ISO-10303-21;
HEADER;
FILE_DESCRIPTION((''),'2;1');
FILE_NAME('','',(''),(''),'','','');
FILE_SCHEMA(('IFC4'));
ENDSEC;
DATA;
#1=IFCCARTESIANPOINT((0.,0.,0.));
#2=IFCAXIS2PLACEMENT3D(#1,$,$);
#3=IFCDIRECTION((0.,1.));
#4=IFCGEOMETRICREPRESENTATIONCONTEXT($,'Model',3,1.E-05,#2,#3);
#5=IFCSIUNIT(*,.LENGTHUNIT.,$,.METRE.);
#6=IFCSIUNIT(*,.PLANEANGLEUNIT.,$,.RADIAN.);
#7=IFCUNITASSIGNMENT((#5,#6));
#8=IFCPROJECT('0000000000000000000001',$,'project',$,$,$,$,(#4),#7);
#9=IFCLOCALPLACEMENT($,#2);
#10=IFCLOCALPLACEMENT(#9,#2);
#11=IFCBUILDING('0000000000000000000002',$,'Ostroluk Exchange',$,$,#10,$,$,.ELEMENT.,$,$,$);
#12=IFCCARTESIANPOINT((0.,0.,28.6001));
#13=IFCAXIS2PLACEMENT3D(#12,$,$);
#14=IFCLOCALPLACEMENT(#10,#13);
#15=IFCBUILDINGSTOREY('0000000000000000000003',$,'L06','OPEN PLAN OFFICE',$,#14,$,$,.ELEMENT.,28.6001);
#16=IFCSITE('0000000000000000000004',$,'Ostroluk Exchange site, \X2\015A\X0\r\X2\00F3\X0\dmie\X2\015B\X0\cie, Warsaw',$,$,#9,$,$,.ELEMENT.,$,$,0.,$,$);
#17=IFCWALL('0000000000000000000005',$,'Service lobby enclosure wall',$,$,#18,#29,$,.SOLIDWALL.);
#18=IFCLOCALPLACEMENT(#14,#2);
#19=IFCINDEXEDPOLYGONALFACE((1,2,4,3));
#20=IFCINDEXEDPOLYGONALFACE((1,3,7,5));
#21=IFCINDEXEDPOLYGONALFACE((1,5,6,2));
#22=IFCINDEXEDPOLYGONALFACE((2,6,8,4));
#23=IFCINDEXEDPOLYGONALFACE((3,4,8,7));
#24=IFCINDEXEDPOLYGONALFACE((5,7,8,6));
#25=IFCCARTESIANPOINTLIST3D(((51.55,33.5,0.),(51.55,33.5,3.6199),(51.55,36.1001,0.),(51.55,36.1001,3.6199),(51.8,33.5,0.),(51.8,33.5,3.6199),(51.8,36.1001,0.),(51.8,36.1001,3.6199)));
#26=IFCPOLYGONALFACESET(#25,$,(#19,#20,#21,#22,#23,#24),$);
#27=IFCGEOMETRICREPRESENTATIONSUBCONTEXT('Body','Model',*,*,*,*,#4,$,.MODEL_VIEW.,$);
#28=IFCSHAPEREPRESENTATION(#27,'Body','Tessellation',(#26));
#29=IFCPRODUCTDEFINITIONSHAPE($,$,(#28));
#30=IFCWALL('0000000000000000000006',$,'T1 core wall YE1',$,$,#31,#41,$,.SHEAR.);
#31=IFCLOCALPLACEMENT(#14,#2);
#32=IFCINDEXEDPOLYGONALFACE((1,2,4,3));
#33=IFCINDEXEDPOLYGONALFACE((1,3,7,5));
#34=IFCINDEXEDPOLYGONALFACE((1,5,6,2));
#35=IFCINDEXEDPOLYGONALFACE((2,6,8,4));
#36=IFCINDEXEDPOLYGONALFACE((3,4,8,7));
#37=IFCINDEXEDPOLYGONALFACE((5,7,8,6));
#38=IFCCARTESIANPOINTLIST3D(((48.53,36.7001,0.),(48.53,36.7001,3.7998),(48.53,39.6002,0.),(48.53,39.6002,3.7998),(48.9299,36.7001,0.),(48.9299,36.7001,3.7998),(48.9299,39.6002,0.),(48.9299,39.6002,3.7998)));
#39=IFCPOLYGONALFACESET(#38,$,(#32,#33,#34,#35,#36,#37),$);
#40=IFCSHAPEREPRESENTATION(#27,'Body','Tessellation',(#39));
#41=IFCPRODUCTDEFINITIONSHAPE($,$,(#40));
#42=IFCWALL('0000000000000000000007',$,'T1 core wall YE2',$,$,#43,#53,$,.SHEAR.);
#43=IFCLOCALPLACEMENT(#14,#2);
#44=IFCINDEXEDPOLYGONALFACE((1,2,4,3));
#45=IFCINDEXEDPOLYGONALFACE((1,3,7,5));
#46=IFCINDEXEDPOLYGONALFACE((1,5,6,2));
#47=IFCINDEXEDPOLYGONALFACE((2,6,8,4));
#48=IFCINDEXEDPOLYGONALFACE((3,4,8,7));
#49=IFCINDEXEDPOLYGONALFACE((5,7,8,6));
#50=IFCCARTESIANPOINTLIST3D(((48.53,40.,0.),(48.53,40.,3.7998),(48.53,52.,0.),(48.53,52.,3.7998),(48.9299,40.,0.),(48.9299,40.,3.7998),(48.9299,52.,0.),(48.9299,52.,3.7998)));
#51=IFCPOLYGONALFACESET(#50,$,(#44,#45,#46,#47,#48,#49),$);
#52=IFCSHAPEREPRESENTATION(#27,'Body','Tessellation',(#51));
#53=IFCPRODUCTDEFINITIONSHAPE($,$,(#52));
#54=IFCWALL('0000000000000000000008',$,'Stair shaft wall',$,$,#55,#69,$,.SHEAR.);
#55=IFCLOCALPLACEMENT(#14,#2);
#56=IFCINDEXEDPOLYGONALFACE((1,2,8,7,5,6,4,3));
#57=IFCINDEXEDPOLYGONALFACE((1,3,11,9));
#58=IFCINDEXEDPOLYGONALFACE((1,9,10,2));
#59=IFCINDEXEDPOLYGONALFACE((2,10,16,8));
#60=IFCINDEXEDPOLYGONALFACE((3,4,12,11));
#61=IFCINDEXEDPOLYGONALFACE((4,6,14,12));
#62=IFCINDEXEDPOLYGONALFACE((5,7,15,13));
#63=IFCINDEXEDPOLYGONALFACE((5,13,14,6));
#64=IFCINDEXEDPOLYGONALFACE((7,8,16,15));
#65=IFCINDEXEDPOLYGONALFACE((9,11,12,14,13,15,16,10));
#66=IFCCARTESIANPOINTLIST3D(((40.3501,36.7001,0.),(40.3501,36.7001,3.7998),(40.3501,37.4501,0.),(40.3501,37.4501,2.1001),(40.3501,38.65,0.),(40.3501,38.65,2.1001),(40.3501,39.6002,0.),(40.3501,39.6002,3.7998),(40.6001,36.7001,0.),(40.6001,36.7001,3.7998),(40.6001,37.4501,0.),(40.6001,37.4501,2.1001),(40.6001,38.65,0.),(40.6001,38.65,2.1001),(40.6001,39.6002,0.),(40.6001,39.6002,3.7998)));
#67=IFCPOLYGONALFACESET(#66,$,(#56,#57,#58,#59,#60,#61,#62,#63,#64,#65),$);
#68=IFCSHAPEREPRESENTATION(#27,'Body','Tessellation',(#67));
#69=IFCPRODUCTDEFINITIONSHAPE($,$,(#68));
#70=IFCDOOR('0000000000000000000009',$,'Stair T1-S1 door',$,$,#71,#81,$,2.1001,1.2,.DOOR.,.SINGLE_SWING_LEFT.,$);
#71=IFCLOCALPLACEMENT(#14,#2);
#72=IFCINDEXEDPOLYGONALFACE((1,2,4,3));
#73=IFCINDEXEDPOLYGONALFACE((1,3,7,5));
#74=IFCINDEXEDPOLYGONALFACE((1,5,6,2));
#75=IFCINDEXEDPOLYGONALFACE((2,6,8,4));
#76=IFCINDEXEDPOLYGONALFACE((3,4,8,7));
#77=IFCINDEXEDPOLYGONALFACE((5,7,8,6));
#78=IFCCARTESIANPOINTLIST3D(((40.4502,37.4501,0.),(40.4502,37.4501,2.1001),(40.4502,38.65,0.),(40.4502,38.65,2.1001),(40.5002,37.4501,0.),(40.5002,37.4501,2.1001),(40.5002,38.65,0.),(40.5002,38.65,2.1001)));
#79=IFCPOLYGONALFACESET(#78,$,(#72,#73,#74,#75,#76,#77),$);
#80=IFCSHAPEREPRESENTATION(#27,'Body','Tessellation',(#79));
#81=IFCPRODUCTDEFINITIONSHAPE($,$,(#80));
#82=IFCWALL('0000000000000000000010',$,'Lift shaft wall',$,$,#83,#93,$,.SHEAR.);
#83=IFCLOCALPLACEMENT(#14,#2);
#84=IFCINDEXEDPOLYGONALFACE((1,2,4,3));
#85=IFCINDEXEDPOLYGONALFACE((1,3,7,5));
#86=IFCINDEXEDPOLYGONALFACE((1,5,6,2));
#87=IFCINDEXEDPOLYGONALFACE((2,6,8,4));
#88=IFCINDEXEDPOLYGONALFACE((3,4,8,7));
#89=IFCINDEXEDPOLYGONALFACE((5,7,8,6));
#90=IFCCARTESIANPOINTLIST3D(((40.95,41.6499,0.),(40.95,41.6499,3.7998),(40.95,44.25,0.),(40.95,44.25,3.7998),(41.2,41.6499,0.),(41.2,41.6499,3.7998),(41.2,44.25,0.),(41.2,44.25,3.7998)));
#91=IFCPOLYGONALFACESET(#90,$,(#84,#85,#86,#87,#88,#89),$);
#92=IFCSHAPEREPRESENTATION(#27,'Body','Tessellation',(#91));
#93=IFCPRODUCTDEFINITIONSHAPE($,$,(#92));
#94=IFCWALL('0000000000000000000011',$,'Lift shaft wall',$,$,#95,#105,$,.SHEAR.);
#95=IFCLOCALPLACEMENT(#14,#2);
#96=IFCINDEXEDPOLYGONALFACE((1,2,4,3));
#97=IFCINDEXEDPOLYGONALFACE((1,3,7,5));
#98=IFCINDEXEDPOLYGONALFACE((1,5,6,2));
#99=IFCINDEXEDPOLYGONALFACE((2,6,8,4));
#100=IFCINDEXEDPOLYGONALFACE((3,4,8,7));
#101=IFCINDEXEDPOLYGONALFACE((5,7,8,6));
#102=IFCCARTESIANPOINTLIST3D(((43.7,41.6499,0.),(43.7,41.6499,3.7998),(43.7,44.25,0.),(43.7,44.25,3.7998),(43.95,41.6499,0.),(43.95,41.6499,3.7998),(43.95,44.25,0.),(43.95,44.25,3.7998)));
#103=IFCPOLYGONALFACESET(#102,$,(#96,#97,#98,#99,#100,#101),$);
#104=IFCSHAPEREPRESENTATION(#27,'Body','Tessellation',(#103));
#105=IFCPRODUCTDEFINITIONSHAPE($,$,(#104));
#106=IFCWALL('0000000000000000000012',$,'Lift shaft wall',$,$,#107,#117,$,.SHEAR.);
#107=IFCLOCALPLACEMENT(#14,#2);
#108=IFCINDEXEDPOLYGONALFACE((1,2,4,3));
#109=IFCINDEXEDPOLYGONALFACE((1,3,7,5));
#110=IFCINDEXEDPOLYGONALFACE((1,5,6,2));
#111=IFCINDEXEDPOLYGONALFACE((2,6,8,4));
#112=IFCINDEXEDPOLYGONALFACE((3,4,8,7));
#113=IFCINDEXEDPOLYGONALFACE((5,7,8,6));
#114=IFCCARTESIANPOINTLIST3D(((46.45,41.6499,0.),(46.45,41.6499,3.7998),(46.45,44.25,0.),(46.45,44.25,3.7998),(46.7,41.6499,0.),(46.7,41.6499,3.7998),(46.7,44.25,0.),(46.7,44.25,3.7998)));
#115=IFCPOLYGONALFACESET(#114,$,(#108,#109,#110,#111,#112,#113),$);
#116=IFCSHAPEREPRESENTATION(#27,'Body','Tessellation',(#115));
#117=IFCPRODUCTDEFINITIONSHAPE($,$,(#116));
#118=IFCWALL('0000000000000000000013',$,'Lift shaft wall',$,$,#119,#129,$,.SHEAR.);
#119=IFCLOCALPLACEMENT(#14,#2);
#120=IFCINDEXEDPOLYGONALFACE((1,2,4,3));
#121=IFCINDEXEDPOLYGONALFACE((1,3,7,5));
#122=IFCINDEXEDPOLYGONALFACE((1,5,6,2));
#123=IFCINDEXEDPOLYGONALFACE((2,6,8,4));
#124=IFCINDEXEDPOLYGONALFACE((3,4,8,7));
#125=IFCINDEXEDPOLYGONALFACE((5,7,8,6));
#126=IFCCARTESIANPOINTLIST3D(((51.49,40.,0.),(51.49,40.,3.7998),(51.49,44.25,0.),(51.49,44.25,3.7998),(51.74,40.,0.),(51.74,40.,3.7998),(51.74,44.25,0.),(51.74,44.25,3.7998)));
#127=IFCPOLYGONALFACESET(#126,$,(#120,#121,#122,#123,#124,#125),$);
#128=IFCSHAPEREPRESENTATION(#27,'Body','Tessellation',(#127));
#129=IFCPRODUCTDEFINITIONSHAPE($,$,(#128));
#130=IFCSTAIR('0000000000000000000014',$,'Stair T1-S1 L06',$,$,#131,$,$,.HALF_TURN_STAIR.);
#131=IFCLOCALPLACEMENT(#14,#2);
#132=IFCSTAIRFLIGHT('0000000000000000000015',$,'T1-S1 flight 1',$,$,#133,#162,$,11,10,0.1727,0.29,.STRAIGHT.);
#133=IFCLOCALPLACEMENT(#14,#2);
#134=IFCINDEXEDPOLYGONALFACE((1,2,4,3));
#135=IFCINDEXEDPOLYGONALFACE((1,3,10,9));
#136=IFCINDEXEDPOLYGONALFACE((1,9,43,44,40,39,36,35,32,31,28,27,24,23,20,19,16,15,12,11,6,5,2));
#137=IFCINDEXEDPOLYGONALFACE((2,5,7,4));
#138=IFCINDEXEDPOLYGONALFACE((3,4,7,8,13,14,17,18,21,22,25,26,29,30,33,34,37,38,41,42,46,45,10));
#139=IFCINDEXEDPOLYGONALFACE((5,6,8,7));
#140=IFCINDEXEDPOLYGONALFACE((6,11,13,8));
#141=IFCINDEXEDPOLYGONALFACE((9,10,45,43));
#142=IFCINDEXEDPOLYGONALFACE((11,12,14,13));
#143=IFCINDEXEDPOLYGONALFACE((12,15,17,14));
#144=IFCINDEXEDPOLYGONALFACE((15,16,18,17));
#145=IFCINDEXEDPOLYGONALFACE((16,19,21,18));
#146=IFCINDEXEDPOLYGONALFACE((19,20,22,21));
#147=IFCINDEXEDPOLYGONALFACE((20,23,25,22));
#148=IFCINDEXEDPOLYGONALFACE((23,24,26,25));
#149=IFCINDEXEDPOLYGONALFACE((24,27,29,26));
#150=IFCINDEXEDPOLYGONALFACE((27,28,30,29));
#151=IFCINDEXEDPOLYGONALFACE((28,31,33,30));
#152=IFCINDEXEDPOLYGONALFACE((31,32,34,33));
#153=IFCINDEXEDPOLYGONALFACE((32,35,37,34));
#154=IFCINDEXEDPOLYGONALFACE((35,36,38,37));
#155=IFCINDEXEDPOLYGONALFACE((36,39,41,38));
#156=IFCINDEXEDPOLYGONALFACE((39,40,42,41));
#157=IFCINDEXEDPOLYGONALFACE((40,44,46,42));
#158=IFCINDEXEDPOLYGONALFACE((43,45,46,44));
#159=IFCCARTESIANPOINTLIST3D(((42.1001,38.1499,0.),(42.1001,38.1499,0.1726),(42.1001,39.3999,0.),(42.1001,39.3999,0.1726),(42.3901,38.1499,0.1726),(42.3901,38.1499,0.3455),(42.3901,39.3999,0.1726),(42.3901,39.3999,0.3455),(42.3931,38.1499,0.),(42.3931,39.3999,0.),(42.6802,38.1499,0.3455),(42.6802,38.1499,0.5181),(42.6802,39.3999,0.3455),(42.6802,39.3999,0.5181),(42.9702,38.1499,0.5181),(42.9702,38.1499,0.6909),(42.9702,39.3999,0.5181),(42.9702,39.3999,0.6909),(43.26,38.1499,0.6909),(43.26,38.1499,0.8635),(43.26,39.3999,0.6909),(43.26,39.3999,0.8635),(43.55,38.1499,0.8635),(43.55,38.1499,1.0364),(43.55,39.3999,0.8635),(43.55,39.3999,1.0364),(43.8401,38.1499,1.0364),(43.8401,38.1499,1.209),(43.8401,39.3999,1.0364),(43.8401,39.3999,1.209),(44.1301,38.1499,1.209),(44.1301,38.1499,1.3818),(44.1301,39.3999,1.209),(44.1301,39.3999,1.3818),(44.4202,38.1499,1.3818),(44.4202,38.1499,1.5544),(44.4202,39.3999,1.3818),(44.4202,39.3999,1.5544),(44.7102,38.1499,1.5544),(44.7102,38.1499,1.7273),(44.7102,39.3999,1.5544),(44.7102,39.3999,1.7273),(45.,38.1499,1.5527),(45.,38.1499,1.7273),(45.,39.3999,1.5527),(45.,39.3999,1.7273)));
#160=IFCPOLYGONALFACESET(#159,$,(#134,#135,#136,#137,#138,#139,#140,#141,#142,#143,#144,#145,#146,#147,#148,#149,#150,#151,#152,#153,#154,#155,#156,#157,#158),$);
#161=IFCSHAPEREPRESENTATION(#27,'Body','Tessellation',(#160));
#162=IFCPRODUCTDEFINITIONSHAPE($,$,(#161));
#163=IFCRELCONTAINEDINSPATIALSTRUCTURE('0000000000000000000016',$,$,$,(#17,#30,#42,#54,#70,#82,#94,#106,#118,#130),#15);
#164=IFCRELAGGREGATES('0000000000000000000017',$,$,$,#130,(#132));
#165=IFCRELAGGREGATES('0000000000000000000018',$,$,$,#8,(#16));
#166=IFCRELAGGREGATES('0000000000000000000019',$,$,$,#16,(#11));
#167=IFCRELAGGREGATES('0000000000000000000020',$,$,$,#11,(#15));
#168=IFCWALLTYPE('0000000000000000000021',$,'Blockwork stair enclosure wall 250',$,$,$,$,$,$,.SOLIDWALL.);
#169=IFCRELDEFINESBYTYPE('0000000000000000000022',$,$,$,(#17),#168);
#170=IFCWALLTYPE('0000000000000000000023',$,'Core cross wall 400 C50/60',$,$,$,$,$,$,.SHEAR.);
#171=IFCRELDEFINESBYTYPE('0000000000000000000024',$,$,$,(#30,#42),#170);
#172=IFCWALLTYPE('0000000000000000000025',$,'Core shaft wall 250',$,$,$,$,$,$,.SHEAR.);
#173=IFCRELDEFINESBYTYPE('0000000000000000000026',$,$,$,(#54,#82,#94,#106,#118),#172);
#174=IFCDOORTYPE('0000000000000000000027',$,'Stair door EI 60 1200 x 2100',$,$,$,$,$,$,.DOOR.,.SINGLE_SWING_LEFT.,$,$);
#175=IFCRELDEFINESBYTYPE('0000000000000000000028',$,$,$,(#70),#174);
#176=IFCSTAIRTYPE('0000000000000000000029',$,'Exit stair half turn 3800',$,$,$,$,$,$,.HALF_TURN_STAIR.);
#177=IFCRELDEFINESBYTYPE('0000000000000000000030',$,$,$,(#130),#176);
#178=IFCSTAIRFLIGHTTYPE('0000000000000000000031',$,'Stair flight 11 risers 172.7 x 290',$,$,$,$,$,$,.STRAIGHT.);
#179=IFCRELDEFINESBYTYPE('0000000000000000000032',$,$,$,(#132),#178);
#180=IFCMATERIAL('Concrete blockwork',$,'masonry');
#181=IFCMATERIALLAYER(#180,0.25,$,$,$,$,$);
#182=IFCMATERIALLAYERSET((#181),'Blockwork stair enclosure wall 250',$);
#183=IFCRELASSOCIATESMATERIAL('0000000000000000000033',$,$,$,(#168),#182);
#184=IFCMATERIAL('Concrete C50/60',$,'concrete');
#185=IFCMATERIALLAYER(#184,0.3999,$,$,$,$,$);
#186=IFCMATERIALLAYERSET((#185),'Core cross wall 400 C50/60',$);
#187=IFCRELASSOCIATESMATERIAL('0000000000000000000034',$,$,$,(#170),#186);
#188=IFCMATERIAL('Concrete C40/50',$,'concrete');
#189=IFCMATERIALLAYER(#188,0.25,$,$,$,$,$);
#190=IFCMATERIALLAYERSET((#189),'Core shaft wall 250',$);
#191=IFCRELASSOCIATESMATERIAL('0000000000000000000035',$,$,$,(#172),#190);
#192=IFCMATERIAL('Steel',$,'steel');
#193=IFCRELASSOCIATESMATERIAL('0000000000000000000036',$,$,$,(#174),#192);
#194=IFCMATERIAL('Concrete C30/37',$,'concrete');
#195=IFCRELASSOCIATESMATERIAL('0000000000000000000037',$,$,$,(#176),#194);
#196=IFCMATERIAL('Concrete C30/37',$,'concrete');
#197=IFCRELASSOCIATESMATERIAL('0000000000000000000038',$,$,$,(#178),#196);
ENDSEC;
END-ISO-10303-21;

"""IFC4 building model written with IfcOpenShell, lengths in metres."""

from ifc_helpers import new_model, si_unit, direction, frame, frame_2d, origin, place, context, subcontext, project, spatial, polyline, rectangle, outline, extrude, material, layer, layer_set, type_object, element, fill, aggregate, save


model = new_model("IFC4")

# Units and contexts
model_context = context("Model", 3, precision=1e-05, world=origin(), true_north=direction((0.0, 1.0)))
body_context = subcontext(model_context, "Body", "Model", "MODEL_VIEW")
ifc_project = project(units=[si_unit("LENGTHUNIT", "METRE"), si_unit("PLANEANGLEUNIT", "RADIAN")], contexts=[model_context])

# Site, building, storey
site_placement = place(None, origin())
site = spatial("IfcSite", under=ifc_project, at=site_placement, Name="Ostroluk Exchange site, Śródmieście, Warsaw", CompositionType="ELEMENT", RefElevation=0.0)
building_placement = place(site_placement, origin())
building = spatial("IfcBuilding", under=site, at=building_placement, Name="Ostroluk Exchange", CompositionType="ELEMENT")
storey_placement = place(building_placement, frame((0.0, 0.0, 28.6001)))
storey = spatial("IfcBuildingStorey", under=building, at=storey_placement, Name="L06", Description="OPEN PLAN OFFICE", CompositionType="ELEMENT", Elevation=28.6001)

# Walls
ifc_material_1 = material(Name="Concrete blockwork", Category="masonry")
ifc_layer_1 = layer(ifc_material_1, 0.25)
ifc_layer_set_1 = layer_set([ifc_layer_1], Name="Blockwork stair enclosure wall 250")
wall_type_1 = type_object("IfcWallType", Name="Blockwork stair enclosure wall 250", PredefinedType="SOLIDWALL", material=ifc_layer_set_1)
for number, where, z_axis, x_axis, name in (
    (1, (51.675, 33.5, 0.0), (0.0, 0.0, 1.0), (0.0, 1.0, 0.0), "Service lobby enclosure wall"),
):
    element("IfcWall", number, at=place(storey_placement, frame(where, z_axis=z_axis, x_axis=x_axis)), inside=storey, type_object=wall_type_1, Name=name, PredefinedType="SOLIDWALL", context=body_context, shape_type="SweptSolid", body=[
        extrude(rectangle(XDim=2.6001, YDim=0.25, at=frame_2d((1.3, 0.0))), origin(), (0.0, 0.0, 1.0), 3.6199),
    ])
ifc_material_2 = material(Name="Concrete C50/60", Category="concrete")
ifc_layer_2 = layer(ifc_material_2, 0.3999)
ifc_layer_set_2 = layer_set([ifc_layer_2], Name="Core cross wall 400 C50/60")
wall_type_2 = type_object("IfcWallType", Name="Core cross wall 400 C50/60", PredefinedType="SHEAR", material=ifc_layer_set_2)
wall_1_placement = place(storey_placement, frame((48.73, 36.7, 0.0), z_axis=(0.0, 0.0, 1.0), x_axis=(0.0, 1.0, 0.0)))
element("IfcWall", 2, at=wall_1_placement, inside=storey, type_object=wall_type_2, Name="T1 core wall YE1", PredefinedType="SHEAR", context=body_context, shape_type="SweptSolid", body=[
    extrude(rectangle(XDim=2.9001, YDim=0.3999, at=frame_2d((1.4502, 0.0))), origin(), (0.0, 0.0, 1.0), 3.7998),
])
wall_2_placement = place(storey_placement, frame((48.73, 40.0, 0.0), z_axis=(0.0, 0.0, 1.0), x_axis=(0.0, 1.0, 0.0)))
element("IfcWall", 3, at=wall_2_placement, inside=storey, type_object=wall_type_2, Name="T1 core wall YE2", PredefinedType="SHEAR", context=body_context, shape_type="SweptSolid", body=[
    extrude(rectangle(XDim=12.0, YDim=0.3999, at=frame_2d((6.0, 0.0))), origin(), (0.0, 0.0, 1.0), 3.7998),
])

# Wall, opening, door
ifc_material_3 = material(Name="Concrete C40/50", Category="concrete")
ifc_layer_3 = layer(ifc_material_3, 0.25)
ifc_layer_set_3 = layer_set([ifc_layer_3], Name="Core shaft wall 250")
wall_type_3 = type_object("IfcWallType", Name="Core shaft wall 250", PredefinedType="SHEAR", material=ifc_layer_set_3)
wall_3_placement = place(storey_placement, frame((40.4751, 36.7, 0.0), z_axis=(0.0, 0.0, 1.0), x_axis=(0.0, 1.0, 0.0)))
wall_3 = element("IfcWall", 4, at=wall_3_placement, inside=storey, type_object=wall_type_3, Name="Stair shaft wall", PredefinedType="SHEAR", context=body_context, shape_type="SweptSolid", body=[
    extrude(rectangle(XDim=2.9001, YDim=0.25, at=frame_2d((1.4502, 0.0))), origin(), (0.0, 0.0, 1.0), 3.7998),
])
opening_1_placement = place(wall_3_placement, frame((0.75, 0.0, 0.0)))
opening_1 = element("IfcOpeningElement", 5, at=opening_1_placement, cuts=wall_3, PredefinedType="OPENING", context=body_context, shape_type="SweptSolid", body=[
    extrude(rectangle(XDim=1.2, YDim=2.1001, at=frame_2d((0.6001, 1.05))), frame((0.0, 0.135, 0.0), z_axis=(0.0, -1.0, 0.0), x_axis=(1.0, 0.0, 0.0)), (0.0, 0.0, 1.0), 0.27),
])
ifc_material_4 = material(Name="Steel", Category="steel")
door_type_1 = type_object("IfcDoorType", Name="Stair door EI 60 1200 x 2100", OperationType="SINGLE_SWING_LEFT", PredefinedType="DOOR", material=ifc_material_4)
door_1_placement = place(opening_1_placement, origin())
door_1 = element("IfcDoor", 6, at=door_1_placement, inside=storey, type_object=door_type_1, Name="Stair T1-S1 door", OperationType="SINGLE_SWING_LEFT", OverallHeight=2.1001, OverallWidth=1.2, PredefinedType="DOOR", context=body_context, shape_type="SweptSolid", body=[
    extrude(rectangle(XDim=1.2, YDim=2.1001, at=frame_2d((0.6001, 1.05))), frame((0.0, 0.0249, 0.0), z_axis=(0.0, -1.0, 0.0), x_axis=(1.0, 0.0, 0.0)), (0.0, 0.0, 1.0), 0.05),
])
fill(opening_1, door_1)

# Walls
for number, where, z_axis, x_axis, name in (
    (7, (41.075, 44.25, 0.0), (0.0, 0.0, 1.0), (0.0, -1.0, 0.0), "Lift shaft wall"),
    (8, (43.825, 44.25, 0.0), (0.0, 0.0, 1.0), (0.0, -1.0, 0.0), "Lift shaft wall"),
    (9, (46.575, 44.25, 0.0), (0.0, 0.0, 1.0), (0.0, -1.0, 0.0), "Lift shaft wall"),
):
    element("IfcWall", number, at=place(storey_placement, frame(where, z_axis=z_axis, x_axis=x_axis)), inside=storey, type_object=wall_type_3, Name=name, PredefinedType="SHEAR", context=body_context, shape_type="SweptSolid", body=[
        extrude(rectangle(XDim=2.6001, YDim=0.25, at=frame_2d((1.3, 0.0))), origin(), (0.0, 0.0, 1.0), 3.7998),
    ])
wall_4_placement = place(storey_placement, frame((51.615, 44.25, 0.0), z_axis=(0.0, 0.0, 1.0), x_axis=(0.0, -1.0, 0.0)))
element("IfcWall", 10, at=wall_4_placement, inside=storey, type_object=wall_type_3, Name="Lift shaft wall", PredefinedType="SHEAR", context=body_context, shape_type="SweptSolid", body=[
    extrude(rectangle(XDim=4.25, YDim=0.25, at=frame_2d((2.125, 0.0))), origin(), (0.0, 0.0, 1.0), 3.7998),
])

# Stair, stair flight
ifc_material_5 = material(Name="Concrete C30/37", Category="concrete")
stair_type = type_object("IfcStairType", Name="Exit stair half turn 3800", PredefinedType="HALF_TURN_STAIR", material=ifc_material_5)
stair_placement = place(storey_placement, origin())
stair = element("IfcStair", 11, at=stair_placement, inside=storey, type_object=stair_type, Name="Stair T1-S1 L06", PredefinedType="HALF_TURN_STAIR")
ifc_material_6 = material(Name="Concrete C30/37", Category="concrete")
stair_flight_type = type_object("IfcStairFlightType", Name="Stair flight 11 risers 172.7 x 290", PredefinedType="STRAIGHT", material=ifc_material_6)
stair_flight_1_placement = place(storey_placement, frame((42.1001, 38.7749, 0.0), z_axis=(0.0, 0.0, 1.0), x_axis=(1.0, 0.0, 0.0)))
stair_flight_1 = element("IfcStairFlight", 12, at=stair_flight_1_placement, type_object=stair_flight_type, Name="T1-S1 flight 1", NumberOfRisers=11, NumberOfTreads=10, PredefinedType="STRAIGHT", RiserHeight=0.1727, TreadLength=0.29, context=body_context, shape_type="SweptSolid", body=[
    extrude(outline(polyline([(0.0, 0.0), (0.0, 0.1726), (0.29, 0.1726), (0.29, 0.3455), (0.5801, 0.3455), (0.5801, 0.5181), (0.8701, 0.5181), (0.8701, 0.6909), (1.1599, 0.6909), (1.1599, 0.8635), (1.45, 0.8635), (1.45, 1.0364), (1.74, 1.0364), (1.74, 1.209), (2.03, 1.209), (2.03, 1.3818), (2.3201, 1.3818), (2.3201, 1.5544), (2.6101, 1.5544), (2.6101, 1.7273), (2.8999, 1.7273), (2.8999, 1.8999), (2.8999, 1.5527), (0.293, 0.0), (0.0, 0.0)])), frame((0.0, 0.625, 0.0), z_axis=(0.0, -1.0, 0.0), x_axis=(1.0, 0.0, 0.0)), (0.0, 0.0, 1.0), 1.25),
])
aggregate(stair, [stair_flight_1])

save(model, "model.ifc")
